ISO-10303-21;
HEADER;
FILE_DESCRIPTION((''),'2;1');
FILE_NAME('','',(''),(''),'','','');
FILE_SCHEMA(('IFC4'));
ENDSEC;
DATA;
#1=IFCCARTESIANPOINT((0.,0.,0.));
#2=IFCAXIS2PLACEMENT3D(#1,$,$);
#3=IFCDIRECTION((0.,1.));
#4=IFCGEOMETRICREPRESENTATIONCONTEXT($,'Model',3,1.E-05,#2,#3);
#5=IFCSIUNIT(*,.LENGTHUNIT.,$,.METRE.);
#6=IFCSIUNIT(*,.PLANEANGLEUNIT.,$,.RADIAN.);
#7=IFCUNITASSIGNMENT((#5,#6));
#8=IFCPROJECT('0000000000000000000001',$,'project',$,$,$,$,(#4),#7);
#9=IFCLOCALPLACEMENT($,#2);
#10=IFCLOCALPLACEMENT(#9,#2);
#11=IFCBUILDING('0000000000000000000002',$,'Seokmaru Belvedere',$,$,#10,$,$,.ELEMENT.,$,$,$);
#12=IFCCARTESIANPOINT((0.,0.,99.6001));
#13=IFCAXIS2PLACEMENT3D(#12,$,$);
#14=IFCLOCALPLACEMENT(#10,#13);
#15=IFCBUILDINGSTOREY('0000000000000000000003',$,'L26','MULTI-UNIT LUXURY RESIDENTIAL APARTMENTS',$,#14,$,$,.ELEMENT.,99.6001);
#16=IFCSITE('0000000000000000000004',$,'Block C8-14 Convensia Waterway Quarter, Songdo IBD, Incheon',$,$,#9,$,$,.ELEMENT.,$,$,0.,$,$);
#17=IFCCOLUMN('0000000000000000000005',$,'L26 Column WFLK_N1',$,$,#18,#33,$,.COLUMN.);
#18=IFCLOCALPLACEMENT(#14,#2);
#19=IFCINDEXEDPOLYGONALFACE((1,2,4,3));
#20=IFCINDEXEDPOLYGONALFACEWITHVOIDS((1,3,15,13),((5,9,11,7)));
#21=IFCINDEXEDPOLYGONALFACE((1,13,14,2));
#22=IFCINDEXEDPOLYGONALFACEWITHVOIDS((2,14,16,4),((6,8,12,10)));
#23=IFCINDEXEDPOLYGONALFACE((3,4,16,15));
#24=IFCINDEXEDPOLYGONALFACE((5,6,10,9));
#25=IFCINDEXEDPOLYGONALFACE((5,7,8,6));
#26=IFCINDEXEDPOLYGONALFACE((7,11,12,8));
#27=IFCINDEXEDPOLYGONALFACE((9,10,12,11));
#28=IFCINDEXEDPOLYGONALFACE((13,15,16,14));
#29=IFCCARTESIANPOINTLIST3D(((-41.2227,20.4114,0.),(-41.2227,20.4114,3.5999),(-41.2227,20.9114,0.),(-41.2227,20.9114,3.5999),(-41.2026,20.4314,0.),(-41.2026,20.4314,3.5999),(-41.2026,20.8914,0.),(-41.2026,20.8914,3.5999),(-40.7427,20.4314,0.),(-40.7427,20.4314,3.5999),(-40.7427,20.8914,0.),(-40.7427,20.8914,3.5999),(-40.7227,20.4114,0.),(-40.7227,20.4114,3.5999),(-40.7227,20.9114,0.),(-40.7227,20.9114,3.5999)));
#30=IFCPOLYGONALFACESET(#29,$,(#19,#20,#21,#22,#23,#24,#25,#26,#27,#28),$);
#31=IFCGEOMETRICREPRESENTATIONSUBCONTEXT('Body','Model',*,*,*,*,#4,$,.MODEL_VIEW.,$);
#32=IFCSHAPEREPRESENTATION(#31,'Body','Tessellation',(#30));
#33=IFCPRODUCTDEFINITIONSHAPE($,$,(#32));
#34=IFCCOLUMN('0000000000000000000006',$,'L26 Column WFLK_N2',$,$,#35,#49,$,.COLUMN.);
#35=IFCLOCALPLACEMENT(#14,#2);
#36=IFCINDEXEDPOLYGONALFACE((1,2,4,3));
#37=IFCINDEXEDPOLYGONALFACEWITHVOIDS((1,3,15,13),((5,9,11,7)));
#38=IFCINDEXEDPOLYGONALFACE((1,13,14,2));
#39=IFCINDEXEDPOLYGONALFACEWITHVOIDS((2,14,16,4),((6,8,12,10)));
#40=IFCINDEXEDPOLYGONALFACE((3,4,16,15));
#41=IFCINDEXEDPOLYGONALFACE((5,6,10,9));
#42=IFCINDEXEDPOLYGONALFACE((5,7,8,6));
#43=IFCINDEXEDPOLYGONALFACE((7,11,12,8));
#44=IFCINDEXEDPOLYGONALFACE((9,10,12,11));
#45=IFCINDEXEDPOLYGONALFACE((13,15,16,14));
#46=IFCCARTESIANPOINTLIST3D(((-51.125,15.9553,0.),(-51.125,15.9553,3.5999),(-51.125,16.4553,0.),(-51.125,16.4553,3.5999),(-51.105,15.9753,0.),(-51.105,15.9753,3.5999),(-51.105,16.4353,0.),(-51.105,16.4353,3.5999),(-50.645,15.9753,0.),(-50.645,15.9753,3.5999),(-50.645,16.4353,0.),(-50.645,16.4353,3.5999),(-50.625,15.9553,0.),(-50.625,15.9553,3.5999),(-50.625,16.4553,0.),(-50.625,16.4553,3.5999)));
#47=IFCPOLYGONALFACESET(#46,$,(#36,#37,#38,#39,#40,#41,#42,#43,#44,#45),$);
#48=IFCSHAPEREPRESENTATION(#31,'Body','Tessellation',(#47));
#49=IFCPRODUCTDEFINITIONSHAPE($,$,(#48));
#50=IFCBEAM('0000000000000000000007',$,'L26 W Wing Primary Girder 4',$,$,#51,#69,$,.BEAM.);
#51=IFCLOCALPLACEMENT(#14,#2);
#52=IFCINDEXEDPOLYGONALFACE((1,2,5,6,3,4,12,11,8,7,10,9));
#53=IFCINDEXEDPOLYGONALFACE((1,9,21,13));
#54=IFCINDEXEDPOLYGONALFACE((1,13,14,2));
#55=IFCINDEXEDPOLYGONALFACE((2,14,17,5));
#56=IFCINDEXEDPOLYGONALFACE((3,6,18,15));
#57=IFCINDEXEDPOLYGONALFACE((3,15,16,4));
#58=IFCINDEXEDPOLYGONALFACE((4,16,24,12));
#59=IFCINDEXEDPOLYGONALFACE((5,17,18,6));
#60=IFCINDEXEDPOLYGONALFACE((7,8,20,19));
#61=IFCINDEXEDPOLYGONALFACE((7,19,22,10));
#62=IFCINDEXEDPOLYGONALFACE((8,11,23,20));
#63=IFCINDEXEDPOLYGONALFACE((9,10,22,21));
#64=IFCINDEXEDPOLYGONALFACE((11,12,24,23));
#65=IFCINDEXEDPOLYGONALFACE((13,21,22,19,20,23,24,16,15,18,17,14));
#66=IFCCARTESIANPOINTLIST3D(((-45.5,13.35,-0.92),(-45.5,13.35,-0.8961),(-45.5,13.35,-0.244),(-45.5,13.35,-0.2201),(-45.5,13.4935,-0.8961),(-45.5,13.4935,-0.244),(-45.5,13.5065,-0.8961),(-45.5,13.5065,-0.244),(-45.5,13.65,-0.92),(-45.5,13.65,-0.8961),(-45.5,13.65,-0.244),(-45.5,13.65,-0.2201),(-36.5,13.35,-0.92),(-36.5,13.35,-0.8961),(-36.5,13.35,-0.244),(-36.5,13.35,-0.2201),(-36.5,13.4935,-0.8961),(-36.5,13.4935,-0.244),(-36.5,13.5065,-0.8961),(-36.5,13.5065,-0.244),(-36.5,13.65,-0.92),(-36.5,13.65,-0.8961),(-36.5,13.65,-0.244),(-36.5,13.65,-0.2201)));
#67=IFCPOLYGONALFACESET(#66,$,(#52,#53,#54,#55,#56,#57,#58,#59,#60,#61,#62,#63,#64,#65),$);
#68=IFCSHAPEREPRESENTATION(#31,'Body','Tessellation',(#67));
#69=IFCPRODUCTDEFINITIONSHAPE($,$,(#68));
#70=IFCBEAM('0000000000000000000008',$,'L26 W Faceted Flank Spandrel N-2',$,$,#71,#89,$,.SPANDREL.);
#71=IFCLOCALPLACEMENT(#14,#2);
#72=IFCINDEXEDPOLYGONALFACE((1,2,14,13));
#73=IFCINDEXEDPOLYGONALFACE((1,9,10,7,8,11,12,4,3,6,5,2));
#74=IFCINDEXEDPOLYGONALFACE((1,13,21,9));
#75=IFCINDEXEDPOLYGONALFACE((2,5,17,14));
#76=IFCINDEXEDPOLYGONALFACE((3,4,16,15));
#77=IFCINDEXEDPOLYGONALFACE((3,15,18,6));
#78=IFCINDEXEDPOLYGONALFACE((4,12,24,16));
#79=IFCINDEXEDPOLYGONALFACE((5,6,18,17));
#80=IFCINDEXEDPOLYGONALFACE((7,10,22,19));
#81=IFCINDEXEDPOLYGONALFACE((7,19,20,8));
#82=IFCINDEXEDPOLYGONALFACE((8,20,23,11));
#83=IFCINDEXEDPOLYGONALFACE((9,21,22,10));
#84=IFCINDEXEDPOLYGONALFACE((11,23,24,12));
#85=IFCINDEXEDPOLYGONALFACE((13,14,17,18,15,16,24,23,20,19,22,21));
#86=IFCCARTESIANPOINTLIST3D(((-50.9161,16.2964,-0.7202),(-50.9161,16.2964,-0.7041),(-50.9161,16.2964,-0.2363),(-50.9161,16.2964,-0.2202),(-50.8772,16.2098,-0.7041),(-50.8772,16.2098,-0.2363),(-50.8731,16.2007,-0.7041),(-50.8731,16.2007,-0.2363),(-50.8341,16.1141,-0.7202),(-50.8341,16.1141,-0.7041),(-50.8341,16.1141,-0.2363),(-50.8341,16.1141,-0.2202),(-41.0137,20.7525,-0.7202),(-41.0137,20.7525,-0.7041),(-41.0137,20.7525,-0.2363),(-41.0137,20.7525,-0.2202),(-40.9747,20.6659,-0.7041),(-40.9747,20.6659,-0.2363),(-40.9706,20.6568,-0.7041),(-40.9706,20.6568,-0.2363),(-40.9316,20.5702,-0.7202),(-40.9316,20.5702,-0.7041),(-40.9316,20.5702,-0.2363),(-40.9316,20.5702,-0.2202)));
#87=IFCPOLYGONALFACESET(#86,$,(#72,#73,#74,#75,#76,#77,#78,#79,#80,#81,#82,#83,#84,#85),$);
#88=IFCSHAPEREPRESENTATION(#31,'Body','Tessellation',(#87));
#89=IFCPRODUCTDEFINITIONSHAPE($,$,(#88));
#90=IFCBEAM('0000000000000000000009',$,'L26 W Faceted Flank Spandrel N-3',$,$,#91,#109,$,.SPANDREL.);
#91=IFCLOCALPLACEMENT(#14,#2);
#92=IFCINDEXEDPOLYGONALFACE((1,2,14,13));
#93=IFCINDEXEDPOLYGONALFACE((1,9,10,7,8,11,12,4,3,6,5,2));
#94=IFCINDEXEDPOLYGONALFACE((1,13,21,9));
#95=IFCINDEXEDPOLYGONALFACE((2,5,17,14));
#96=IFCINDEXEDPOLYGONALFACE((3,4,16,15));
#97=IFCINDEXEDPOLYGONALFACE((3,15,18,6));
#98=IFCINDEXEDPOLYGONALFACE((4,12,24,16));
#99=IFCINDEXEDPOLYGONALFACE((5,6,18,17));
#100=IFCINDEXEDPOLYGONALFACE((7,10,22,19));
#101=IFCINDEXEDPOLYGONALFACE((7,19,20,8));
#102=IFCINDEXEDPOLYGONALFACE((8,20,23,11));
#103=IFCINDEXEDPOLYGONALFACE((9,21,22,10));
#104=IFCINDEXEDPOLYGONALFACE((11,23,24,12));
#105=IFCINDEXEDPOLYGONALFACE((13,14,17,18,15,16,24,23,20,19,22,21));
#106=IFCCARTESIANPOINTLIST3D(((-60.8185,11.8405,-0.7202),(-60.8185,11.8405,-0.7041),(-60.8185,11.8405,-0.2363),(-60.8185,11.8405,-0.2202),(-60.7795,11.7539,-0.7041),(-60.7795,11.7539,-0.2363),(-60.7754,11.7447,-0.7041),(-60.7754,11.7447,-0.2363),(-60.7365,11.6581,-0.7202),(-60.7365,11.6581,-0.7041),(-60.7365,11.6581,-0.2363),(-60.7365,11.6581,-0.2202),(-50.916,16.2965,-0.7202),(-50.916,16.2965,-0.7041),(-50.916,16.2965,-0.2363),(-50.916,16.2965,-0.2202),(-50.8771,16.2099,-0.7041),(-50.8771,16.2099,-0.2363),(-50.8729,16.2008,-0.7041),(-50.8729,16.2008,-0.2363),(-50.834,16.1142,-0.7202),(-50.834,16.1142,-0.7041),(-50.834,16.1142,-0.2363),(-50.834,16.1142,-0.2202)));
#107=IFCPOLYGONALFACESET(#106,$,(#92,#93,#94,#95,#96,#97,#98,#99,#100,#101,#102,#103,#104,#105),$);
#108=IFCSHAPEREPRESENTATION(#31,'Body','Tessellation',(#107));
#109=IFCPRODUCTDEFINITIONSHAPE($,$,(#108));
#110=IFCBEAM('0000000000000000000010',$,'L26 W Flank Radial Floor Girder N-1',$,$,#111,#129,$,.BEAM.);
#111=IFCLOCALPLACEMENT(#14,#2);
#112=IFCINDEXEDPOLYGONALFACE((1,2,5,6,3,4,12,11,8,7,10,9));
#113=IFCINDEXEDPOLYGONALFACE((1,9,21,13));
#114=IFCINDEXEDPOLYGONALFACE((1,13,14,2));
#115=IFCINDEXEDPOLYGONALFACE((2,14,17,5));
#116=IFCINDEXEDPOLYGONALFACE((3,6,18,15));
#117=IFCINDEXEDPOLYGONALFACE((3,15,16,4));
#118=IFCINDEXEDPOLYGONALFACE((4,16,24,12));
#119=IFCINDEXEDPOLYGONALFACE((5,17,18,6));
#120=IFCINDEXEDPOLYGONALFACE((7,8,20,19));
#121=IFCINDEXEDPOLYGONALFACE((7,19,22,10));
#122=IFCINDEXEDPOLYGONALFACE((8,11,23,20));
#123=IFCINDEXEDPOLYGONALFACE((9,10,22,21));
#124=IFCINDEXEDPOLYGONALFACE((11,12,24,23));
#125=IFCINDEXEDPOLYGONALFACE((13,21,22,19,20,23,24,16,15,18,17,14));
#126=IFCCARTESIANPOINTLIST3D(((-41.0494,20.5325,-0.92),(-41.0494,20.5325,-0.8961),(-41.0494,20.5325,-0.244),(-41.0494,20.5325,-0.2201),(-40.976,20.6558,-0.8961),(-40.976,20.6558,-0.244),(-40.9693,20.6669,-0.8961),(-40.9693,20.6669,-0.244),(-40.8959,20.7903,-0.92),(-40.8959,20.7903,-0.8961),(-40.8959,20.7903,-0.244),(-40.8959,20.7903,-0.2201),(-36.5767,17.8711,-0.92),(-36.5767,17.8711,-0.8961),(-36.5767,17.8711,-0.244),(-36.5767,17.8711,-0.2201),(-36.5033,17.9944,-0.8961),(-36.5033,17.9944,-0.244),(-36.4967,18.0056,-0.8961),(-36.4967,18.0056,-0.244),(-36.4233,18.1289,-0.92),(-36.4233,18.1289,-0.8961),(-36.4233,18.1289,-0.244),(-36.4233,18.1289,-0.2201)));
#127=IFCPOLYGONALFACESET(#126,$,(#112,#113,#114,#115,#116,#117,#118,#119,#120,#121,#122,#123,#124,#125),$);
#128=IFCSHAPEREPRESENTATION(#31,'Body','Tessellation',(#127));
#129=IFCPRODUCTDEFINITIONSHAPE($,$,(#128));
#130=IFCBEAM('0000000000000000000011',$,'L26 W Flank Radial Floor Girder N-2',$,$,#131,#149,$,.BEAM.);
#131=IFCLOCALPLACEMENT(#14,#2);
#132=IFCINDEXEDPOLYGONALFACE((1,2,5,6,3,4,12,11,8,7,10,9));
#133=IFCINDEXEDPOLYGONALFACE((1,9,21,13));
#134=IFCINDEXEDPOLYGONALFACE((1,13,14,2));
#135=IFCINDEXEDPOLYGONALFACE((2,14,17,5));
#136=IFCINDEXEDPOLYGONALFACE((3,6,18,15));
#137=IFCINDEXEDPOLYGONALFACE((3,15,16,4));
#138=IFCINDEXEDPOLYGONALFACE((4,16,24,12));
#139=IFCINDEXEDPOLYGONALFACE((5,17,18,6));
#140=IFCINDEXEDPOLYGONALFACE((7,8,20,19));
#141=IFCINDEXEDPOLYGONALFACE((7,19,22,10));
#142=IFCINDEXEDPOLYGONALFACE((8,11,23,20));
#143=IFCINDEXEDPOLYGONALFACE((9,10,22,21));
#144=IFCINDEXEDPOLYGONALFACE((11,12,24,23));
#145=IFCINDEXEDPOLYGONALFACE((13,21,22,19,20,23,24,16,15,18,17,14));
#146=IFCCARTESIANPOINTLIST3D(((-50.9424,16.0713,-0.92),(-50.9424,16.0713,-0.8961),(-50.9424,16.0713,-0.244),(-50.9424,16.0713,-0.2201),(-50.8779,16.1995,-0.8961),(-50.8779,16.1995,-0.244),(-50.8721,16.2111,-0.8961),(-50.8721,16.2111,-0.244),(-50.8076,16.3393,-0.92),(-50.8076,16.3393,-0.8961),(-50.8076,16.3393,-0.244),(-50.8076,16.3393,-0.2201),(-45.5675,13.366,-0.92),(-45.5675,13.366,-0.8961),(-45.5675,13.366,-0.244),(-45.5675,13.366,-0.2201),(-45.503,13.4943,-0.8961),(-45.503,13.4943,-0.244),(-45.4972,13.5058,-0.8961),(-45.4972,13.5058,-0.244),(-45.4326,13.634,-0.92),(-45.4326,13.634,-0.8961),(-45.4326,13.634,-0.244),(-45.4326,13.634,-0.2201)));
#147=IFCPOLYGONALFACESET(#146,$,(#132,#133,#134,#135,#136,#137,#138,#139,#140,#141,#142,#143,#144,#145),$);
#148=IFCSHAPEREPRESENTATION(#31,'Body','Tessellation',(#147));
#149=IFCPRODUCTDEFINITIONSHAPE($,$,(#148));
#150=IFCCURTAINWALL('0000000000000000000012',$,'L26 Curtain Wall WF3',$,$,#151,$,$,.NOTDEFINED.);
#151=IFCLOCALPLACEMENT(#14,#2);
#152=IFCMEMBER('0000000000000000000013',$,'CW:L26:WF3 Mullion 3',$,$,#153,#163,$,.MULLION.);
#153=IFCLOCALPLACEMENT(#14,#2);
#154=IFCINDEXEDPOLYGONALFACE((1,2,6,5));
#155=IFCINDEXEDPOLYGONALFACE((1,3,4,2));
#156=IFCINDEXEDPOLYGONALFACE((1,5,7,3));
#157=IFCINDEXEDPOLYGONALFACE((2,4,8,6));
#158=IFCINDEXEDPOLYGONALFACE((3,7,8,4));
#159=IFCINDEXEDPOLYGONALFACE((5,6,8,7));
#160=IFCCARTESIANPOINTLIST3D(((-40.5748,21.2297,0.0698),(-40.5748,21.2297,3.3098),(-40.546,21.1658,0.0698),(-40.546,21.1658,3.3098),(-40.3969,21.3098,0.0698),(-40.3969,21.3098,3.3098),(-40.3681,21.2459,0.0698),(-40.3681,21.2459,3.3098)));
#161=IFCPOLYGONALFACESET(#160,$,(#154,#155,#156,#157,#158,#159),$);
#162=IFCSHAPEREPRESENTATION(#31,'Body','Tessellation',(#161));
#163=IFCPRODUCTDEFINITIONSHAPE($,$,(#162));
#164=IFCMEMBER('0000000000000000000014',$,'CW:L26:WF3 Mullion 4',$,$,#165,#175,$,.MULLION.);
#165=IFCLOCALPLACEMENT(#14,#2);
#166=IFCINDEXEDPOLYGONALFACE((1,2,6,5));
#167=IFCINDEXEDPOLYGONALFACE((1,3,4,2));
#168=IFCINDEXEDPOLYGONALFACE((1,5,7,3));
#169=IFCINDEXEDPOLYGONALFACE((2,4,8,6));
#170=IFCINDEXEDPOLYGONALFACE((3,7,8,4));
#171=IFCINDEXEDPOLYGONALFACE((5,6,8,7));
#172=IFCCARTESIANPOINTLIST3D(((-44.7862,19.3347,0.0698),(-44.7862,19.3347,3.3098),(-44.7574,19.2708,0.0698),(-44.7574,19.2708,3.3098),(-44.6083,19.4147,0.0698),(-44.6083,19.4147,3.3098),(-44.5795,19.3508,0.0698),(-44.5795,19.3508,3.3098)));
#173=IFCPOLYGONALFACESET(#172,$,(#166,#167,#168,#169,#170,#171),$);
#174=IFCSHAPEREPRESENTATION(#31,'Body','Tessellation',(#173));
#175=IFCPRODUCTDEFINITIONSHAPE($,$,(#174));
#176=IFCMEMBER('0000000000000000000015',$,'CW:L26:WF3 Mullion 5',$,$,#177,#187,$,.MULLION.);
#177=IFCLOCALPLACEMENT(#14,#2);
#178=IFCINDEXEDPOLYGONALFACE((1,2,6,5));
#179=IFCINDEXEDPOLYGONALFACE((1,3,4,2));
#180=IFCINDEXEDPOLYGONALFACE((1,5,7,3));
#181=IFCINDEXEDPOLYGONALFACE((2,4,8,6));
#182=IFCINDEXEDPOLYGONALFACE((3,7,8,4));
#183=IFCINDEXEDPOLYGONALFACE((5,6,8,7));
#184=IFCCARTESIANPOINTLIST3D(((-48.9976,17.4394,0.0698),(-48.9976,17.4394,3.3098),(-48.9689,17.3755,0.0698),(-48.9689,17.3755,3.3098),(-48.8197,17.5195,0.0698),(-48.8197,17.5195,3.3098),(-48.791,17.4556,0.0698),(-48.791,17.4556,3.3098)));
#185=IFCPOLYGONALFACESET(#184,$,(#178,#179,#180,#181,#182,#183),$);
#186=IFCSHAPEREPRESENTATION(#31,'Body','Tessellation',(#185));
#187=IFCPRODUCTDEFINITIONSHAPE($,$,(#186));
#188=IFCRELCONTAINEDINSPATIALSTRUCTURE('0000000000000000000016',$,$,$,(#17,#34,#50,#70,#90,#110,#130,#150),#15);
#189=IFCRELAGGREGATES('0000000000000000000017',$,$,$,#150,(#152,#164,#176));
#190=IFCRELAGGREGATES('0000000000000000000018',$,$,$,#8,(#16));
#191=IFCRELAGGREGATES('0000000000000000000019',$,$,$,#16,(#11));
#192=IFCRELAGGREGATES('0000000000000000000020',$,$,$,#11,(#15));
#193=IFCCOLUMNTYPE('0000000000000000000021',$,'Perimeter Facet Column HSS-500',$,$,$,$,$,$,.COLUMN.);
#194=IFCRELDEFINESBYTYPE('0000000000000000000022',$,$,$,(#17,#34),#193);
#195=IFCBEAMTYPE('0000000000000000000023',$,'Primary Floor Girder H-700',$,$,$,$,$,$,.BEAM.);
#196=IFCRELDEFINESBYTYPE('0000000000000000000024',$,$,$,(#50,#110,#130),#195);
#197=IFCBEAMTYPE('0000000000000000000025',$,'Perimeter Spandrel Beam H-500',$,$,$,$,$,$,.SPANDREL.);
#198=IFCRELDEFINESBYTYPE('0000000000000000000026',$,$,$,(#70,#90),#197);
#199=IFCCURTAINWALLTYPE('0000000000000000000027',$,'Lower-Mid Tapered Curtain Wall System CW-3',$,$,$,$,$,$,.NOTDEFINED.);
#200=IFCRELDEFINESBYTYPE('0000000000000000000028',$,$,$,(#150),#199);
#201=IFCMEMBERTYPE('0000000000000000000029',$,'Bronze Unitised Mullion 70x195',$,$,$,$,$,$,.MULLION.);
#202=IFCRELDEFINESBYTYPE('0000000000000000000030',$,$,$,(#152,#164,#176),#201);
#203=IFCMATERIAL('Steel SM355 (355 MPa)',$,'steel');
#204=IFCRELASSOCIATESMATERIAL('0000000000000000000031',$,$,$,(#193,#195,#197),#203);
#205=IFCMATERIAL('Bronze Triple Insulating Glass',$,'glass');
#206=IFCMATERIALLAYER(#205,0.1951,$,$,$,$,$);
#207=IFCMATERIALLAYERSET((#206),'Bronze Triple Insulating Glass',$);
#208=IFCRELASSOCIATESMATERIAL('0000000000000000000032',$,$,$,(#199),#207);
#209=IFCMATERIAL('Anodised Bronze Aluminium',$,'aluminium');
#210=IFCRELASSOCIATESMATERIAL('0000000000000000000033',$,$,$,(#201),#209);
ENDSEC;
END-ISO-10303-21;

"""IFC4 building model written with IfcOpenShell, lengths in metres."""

from ifc_helpers import new_model, si_unit, direction, frame, origin, origin_2d, place, context, subcontext, project, spatial, rectangle, hollow_rectangle, i_section, extrude, source, transform, mapped, material, layer, layer_set, material_profile, profile_set, type_object, type_shapes, element, aggregate, save


model = new_model("IFC4")

# Units and contexts
model_context = context("Model", 3, precision=1e-05, world=origin(), true_north=direction((0.0, 1.0)))
body_context = subcontext(model_context, "Body", "Model", "MODEL_VIEW")
ifc_project = project(units=[si_unit("LENGTHUNIT", "METRE"), si_unit("PLANEANGLEUNIT", "RADIAN")], contexts=[model_context])

# Site, building, storey
site_placement = place(None, origin())
site = spatial("IfcSite", under=ifc_project, at=site_placement, Name="Block C8-14 Convensia Waterway Quarter, Songdo IBD, Incheon", CompositionType="ELEMENT", RefElevation=0.0)
building_placement = place(site_placement, origin())
building = spatial("IfcBuilding", under=site, at=building_placement, Name="Seokmaru Belvedere", CompositionType="ELEMENT")
storey_placement = place(building_placement, frame((0.0, 0.0, 99.6001)))
storey = spatial("IfcBuildingStorey", under=building, at=storey_placement, Name="L26", Description="MULTI-UNIT LUXURY RESIDENTIAL APARTMENTS", CompositionType="ELEMENT", Elevation=99.6001)

# Columns
ifc_material_1 = material(Name="Steel SM355 (355 MPa)", Category="steel")
ifc_material_profile_1 = material_profile(ifc_material_1, hollow_rectangle(XDim=0.5, YDim=0.5, WallThickness=0.02, at=origin_2d()), Name="HSS-500x500x20")
ifc_profile_set_1 = profile_set([ifc_material_profile_1], Name="Steel SM355 (355 MPa)")
column_type = type_object("IfcColumnType", Name="Perimeter Facet Column HSS-500", PredefinedType="COLUMN", material=ifc_profile_set_1)
shared_shape_1 = source(origin(), body_context, "Body", "SweptSolid", [
    extrude(hollow_rectangle(XDim=0.5, YDim=0.5, WallThickness=0.02, at=origin_2d()), origin(), (0.0, 0.0, 1.0), 3.5999),
])
type_shapes(column_type, [shared_shape_1])
for number, where, z_axis, x_axis, name in (
    (1, (-40.9727, 20.6614, 0.0), (0.0, 0.0, 1.0), (1.0, 0.0, 0.0), "L26 Column WFLK_N1"),
    (2, (-50.875, 16.2053, 0.0), (0.0, 0.0, 1.0), (1.0, 0.0, 0.0), "L26 Column WFLK_N2"),
):
    element("IfcColumn", number, at=place(storey_placement, frame(where, z_axis=z_axis, x_axis=x_axis)), inside=storey, type_object=column_type, Name=name, PredefinedType="COLUMN", context=body_context, shape_type="MappedRepresentation", body=[
        mapped(shared_shape_1, transform((0.0, 0.0, 0.0), scale=1.0)),
    ])

# Beams
ifc_material_profile_2 = material_profile(ifc_material_1, i_section(OverallWidth=0.3, OverallDepth=0.7, WebThickness=0.0129, FlangeThickness=0.0239, at=origin_2d()), Name="H-700x300x13x24")
ifc_profile_set_2 = profile_set([ifc_material_profile_2], Name="Steel SM355 (355 MPa)")
beam_type_1 = type_object("IfcBeamType", Name="Primary Floor Girder H-700", PredefinedType="BEAM", material=ifc_profile_set_2)
shared_shape_2 = source(origin(), body_context, "Body", "SweptSolid", [
    extrude(i_section(OverallWidth=0.3, OverallDepth=0.7, WebThickness=0.0129, FlangeThickness=0.0239, at=origin_2d()), origin(), (0.0, 0.0, 1.0), 9.0),
])
beam_1_placement = place(storey_placement, frame((-45.5, 13.5, -0.5701), z_axis=(1.0, 0.0, 0.0), x_axis=(0.0, 1.0, 0.0)))
element("IfcBeam", 3, at=beam_1_placement, inside=storey, type_object=beam_type_1, Name="L26 W Wing Primary Girder 4", PredefinedType="BEAM", context=body_context, shape_type="MappedRepresentation", body=[
    mapped(shared_shape_2, transform((0.0, 0.0, 0.0), scale=1.0)),
])
ifc_material_profile_3 = material_profile(ifc_material_1, i_section(OverallWidth=0.2, OverallDepth=0.5, WebThickness=0.01, FlangeThickness=0.0161, at=origin_2d()), Name="H-500x200x10x16")
ifc_profile_set_3 = profile_set([ifc_material_profile_3], Name="Steel SM355 (355 MPa)")
beam_type_2 = type_object("IfcBeamType", Name="Perimeter Spandrel Beam H-500", PredefinedType="SPANDREL", material=ifc_profile_set_3)
shared_shape_3 = source(origin(), body_context, "Body", "SweptSolid", [
    extrude(i_section(OverallWidth=0.2, OverallDepth=0.5, WebThickness=0.01, FlangeThickness=0.0161, at=origin_2d()), origin(), (0.0, 0.0, 1.0), 10.8589),
])
type_shapes(beam_type_2, [shared_shape_3])
for number, where, z_axis, x_axis, name in (
    (4, (-40.9727, 20.6614, -0.4702), (-0.911922, -0.410365, 0.0), (0.410365, -0.911922, 0.0), "L26 W Faceted Flank Spandrel N-2"),
    (5, (-50.875, 16.2053, -0.4702), (-0.911925, -0.410356, 0.0), (0.410356, -0.911925, 0.0), "L26 W Faceted Flank Spandrel N-3"),
):
    element("IfcBeam", number, at=place(storey_placement, frame(where, z_axis=z_axis, x_axis=x_axis)), inside=storey, type_object=beam_type_2, Name=name, PredefinedType="SPANDREL", context=body_context, shape_type="MappedRepresentation", body=[
        mapped(shared_shape_3, transform((0.0, 0.0, 0.0), scale=1.0)),
    ])
shared_shape_4 = source(origin(), body_context, "Body", "SweptSolid", [
    extrude(i_section(OverallWidth=0.3, OverallDepth=0.7, WebThickness=0.0129, FlangeThickness=0.0239, at=origin_2d()), origin(), (0.0, 0.0, 1.0), 5.2046),
])
beam_2_placement = place(storey_placement, frame((-40.9727, 20.6614, -0.5701), z_axis=(0.85937, -0.511354, 0.0), x_axis=(0.511354, 0.85937, 0.0)))
element("IfcBeam", 6, at=beam_2_placement, inside=storey, type_object=beam_type_1, Name="L26 W Flank Radial Floor Girder N-1", PredefinedType="BEAM", context=body_context, shape_type="MappedRepresentation", body=[
    mapped(shared_shape_4, transform((0.0, 0.0, 0.0), scale=1.0)),
])
shared_shape_5 = source(origin(), body_context, "Body", "SweptSolid", [
    extrude(i_section(OverallWidth=0.3, OverallDepth=0.7, WebThickness=0.0129, FlangeThickness=0.0239, at=origin_2d()), origin(), (0.0, 0.0, 1.0), 6.0173),
])
type_shapes(beam_type_1, [shared_shape_2, shared_shape_4, shared_shape_5])
beam_3_placement = place(storey_placement, frame((-50.875, 16.2053, -0.5701), z_axis=(0.893239, -0.449581, 0.0), x_axis=(0.449581, 0.893239, 0.0)))
element("IfcBeam", 7, at=beam_3_placement, inside=storey, type_object=beam_type_1, Name="L26 W Flank Radial Floor Girder N-2", PredefinedType="BEAM", context=body_context, shape_type="MappedRepresentation", body=[
    mapped(shared_shape_5, transform((0.0, 0.0, 0.0), scale=1.0)),
])

# Curtain wall, members
ifc_material_2 = material(Name="Bronze Triple Insulating Glass", Category="glass")
ifc_layer_1 = layer(ifc_material_2, 0.1951)
ifc_layer_set_1 = layer_set([ifc_layer_1], Name="Bronze Triple Insulating Glass")
curtain_wall_type = type_object("IfcCurtainWallType", Name="Lower-Mid Tapered Curtain Wall System CW-3", PredefinedType="NOTDEFINED", material=ifc_layer_set_1)
curtain_wall_placement = place(storey_placement, origin())
curtain_wall = element("IfcCurtainWall", 8, at=curtain_wall_placement, inside=storey, type_object=curtain_wall_type, Name="L26 Curtain Wall WF3", PredefinedType="NOTDEFINED")
ifc_material_3 = material(Name="Anodised Bronze Aluminium", Category="aluminium")
ifc_material_profile_4 = material_profile(ifc_material_3, rectangle(XDim=0.0701, YDim=0.1951, at=origin_2d()), Name="CW-M-70x195")
ifc_profile_set_4 = profile_set([ifc_material_profile_4], Name="Anodised Bronze Aluminium")
member_type = type_object("IfcMemberType", Name="Bronze Unitised Mullion 70x195", PredefinedType="MULLION", material=ifc_profile_set_4)
shared_shape_6 = source(origin(), body_context, "Body", "SweptSolid", [
    extrude(rectangle(XDim=0.0701, YDim=0.1951, at=origin_2d()), origin(), (0.0, 0.0, 1.0), 3.24),
])
type_shapes(member_type, [shared_shape_6])
member_1_placement = place(storey_placement, frame((-40.4714, 21.2378, 0.0698), z_axis=(0.0, 0.0, 1.0), x_axis=(0.410366, -0.911921, 0.0)))
member_1 = element("IfcMember", 9, at=member_1_placement, type_object=member_type, Name="CW:L26:WF3 Mullion 3", PredefinedType="MULLION", context=body_context, shape_type="MappedRepresentation", body=[
    mapped(shared_shape_6, transform((0.0, 0.0, 0.0), scale=1.0)),
])
member_2_placement = place(storey_placement, frame((-44.6829, 19.3428, 0.0698), z_axis=(0.0, 0.0, 1.0), x_axis=(0.410366, -0.911921, 0.0)))
member_2 = element("IfcMember", 10, at=member_2_placement, type_object=member_type, Name="CW:L26:WF3 Mullion 4", PredefinedType="MULLION", context=body_context, shape_type="MappedRepresentation", body=[
    mapped(shared_shape_6, transform((0.0, 0.0, 0.0), scale=1.0)),
])
member_3_placement = place(storey_placement, frame((-48.8943, 17.4475, 0.0698), z_axis=(0.0, 0.0, 1.0), x_axis=(0.410366, -0.911921, 0.0)))
member_3 = element("IfcMember", 11, at=member_3_placement, type_object=member_type, Name="CW:L26:WF3 Mullion 5", PredefinedType="MULLION", context=body_context, shape_type="MappedRepresentation", body=[
    mapped(shared_shape_6, transform((0.0, 0.0, 0.0), scale=1.0)),
])
aggregate(curtain_wall, [member_1, member_2, member_3])

save(model, "model.ifc")
